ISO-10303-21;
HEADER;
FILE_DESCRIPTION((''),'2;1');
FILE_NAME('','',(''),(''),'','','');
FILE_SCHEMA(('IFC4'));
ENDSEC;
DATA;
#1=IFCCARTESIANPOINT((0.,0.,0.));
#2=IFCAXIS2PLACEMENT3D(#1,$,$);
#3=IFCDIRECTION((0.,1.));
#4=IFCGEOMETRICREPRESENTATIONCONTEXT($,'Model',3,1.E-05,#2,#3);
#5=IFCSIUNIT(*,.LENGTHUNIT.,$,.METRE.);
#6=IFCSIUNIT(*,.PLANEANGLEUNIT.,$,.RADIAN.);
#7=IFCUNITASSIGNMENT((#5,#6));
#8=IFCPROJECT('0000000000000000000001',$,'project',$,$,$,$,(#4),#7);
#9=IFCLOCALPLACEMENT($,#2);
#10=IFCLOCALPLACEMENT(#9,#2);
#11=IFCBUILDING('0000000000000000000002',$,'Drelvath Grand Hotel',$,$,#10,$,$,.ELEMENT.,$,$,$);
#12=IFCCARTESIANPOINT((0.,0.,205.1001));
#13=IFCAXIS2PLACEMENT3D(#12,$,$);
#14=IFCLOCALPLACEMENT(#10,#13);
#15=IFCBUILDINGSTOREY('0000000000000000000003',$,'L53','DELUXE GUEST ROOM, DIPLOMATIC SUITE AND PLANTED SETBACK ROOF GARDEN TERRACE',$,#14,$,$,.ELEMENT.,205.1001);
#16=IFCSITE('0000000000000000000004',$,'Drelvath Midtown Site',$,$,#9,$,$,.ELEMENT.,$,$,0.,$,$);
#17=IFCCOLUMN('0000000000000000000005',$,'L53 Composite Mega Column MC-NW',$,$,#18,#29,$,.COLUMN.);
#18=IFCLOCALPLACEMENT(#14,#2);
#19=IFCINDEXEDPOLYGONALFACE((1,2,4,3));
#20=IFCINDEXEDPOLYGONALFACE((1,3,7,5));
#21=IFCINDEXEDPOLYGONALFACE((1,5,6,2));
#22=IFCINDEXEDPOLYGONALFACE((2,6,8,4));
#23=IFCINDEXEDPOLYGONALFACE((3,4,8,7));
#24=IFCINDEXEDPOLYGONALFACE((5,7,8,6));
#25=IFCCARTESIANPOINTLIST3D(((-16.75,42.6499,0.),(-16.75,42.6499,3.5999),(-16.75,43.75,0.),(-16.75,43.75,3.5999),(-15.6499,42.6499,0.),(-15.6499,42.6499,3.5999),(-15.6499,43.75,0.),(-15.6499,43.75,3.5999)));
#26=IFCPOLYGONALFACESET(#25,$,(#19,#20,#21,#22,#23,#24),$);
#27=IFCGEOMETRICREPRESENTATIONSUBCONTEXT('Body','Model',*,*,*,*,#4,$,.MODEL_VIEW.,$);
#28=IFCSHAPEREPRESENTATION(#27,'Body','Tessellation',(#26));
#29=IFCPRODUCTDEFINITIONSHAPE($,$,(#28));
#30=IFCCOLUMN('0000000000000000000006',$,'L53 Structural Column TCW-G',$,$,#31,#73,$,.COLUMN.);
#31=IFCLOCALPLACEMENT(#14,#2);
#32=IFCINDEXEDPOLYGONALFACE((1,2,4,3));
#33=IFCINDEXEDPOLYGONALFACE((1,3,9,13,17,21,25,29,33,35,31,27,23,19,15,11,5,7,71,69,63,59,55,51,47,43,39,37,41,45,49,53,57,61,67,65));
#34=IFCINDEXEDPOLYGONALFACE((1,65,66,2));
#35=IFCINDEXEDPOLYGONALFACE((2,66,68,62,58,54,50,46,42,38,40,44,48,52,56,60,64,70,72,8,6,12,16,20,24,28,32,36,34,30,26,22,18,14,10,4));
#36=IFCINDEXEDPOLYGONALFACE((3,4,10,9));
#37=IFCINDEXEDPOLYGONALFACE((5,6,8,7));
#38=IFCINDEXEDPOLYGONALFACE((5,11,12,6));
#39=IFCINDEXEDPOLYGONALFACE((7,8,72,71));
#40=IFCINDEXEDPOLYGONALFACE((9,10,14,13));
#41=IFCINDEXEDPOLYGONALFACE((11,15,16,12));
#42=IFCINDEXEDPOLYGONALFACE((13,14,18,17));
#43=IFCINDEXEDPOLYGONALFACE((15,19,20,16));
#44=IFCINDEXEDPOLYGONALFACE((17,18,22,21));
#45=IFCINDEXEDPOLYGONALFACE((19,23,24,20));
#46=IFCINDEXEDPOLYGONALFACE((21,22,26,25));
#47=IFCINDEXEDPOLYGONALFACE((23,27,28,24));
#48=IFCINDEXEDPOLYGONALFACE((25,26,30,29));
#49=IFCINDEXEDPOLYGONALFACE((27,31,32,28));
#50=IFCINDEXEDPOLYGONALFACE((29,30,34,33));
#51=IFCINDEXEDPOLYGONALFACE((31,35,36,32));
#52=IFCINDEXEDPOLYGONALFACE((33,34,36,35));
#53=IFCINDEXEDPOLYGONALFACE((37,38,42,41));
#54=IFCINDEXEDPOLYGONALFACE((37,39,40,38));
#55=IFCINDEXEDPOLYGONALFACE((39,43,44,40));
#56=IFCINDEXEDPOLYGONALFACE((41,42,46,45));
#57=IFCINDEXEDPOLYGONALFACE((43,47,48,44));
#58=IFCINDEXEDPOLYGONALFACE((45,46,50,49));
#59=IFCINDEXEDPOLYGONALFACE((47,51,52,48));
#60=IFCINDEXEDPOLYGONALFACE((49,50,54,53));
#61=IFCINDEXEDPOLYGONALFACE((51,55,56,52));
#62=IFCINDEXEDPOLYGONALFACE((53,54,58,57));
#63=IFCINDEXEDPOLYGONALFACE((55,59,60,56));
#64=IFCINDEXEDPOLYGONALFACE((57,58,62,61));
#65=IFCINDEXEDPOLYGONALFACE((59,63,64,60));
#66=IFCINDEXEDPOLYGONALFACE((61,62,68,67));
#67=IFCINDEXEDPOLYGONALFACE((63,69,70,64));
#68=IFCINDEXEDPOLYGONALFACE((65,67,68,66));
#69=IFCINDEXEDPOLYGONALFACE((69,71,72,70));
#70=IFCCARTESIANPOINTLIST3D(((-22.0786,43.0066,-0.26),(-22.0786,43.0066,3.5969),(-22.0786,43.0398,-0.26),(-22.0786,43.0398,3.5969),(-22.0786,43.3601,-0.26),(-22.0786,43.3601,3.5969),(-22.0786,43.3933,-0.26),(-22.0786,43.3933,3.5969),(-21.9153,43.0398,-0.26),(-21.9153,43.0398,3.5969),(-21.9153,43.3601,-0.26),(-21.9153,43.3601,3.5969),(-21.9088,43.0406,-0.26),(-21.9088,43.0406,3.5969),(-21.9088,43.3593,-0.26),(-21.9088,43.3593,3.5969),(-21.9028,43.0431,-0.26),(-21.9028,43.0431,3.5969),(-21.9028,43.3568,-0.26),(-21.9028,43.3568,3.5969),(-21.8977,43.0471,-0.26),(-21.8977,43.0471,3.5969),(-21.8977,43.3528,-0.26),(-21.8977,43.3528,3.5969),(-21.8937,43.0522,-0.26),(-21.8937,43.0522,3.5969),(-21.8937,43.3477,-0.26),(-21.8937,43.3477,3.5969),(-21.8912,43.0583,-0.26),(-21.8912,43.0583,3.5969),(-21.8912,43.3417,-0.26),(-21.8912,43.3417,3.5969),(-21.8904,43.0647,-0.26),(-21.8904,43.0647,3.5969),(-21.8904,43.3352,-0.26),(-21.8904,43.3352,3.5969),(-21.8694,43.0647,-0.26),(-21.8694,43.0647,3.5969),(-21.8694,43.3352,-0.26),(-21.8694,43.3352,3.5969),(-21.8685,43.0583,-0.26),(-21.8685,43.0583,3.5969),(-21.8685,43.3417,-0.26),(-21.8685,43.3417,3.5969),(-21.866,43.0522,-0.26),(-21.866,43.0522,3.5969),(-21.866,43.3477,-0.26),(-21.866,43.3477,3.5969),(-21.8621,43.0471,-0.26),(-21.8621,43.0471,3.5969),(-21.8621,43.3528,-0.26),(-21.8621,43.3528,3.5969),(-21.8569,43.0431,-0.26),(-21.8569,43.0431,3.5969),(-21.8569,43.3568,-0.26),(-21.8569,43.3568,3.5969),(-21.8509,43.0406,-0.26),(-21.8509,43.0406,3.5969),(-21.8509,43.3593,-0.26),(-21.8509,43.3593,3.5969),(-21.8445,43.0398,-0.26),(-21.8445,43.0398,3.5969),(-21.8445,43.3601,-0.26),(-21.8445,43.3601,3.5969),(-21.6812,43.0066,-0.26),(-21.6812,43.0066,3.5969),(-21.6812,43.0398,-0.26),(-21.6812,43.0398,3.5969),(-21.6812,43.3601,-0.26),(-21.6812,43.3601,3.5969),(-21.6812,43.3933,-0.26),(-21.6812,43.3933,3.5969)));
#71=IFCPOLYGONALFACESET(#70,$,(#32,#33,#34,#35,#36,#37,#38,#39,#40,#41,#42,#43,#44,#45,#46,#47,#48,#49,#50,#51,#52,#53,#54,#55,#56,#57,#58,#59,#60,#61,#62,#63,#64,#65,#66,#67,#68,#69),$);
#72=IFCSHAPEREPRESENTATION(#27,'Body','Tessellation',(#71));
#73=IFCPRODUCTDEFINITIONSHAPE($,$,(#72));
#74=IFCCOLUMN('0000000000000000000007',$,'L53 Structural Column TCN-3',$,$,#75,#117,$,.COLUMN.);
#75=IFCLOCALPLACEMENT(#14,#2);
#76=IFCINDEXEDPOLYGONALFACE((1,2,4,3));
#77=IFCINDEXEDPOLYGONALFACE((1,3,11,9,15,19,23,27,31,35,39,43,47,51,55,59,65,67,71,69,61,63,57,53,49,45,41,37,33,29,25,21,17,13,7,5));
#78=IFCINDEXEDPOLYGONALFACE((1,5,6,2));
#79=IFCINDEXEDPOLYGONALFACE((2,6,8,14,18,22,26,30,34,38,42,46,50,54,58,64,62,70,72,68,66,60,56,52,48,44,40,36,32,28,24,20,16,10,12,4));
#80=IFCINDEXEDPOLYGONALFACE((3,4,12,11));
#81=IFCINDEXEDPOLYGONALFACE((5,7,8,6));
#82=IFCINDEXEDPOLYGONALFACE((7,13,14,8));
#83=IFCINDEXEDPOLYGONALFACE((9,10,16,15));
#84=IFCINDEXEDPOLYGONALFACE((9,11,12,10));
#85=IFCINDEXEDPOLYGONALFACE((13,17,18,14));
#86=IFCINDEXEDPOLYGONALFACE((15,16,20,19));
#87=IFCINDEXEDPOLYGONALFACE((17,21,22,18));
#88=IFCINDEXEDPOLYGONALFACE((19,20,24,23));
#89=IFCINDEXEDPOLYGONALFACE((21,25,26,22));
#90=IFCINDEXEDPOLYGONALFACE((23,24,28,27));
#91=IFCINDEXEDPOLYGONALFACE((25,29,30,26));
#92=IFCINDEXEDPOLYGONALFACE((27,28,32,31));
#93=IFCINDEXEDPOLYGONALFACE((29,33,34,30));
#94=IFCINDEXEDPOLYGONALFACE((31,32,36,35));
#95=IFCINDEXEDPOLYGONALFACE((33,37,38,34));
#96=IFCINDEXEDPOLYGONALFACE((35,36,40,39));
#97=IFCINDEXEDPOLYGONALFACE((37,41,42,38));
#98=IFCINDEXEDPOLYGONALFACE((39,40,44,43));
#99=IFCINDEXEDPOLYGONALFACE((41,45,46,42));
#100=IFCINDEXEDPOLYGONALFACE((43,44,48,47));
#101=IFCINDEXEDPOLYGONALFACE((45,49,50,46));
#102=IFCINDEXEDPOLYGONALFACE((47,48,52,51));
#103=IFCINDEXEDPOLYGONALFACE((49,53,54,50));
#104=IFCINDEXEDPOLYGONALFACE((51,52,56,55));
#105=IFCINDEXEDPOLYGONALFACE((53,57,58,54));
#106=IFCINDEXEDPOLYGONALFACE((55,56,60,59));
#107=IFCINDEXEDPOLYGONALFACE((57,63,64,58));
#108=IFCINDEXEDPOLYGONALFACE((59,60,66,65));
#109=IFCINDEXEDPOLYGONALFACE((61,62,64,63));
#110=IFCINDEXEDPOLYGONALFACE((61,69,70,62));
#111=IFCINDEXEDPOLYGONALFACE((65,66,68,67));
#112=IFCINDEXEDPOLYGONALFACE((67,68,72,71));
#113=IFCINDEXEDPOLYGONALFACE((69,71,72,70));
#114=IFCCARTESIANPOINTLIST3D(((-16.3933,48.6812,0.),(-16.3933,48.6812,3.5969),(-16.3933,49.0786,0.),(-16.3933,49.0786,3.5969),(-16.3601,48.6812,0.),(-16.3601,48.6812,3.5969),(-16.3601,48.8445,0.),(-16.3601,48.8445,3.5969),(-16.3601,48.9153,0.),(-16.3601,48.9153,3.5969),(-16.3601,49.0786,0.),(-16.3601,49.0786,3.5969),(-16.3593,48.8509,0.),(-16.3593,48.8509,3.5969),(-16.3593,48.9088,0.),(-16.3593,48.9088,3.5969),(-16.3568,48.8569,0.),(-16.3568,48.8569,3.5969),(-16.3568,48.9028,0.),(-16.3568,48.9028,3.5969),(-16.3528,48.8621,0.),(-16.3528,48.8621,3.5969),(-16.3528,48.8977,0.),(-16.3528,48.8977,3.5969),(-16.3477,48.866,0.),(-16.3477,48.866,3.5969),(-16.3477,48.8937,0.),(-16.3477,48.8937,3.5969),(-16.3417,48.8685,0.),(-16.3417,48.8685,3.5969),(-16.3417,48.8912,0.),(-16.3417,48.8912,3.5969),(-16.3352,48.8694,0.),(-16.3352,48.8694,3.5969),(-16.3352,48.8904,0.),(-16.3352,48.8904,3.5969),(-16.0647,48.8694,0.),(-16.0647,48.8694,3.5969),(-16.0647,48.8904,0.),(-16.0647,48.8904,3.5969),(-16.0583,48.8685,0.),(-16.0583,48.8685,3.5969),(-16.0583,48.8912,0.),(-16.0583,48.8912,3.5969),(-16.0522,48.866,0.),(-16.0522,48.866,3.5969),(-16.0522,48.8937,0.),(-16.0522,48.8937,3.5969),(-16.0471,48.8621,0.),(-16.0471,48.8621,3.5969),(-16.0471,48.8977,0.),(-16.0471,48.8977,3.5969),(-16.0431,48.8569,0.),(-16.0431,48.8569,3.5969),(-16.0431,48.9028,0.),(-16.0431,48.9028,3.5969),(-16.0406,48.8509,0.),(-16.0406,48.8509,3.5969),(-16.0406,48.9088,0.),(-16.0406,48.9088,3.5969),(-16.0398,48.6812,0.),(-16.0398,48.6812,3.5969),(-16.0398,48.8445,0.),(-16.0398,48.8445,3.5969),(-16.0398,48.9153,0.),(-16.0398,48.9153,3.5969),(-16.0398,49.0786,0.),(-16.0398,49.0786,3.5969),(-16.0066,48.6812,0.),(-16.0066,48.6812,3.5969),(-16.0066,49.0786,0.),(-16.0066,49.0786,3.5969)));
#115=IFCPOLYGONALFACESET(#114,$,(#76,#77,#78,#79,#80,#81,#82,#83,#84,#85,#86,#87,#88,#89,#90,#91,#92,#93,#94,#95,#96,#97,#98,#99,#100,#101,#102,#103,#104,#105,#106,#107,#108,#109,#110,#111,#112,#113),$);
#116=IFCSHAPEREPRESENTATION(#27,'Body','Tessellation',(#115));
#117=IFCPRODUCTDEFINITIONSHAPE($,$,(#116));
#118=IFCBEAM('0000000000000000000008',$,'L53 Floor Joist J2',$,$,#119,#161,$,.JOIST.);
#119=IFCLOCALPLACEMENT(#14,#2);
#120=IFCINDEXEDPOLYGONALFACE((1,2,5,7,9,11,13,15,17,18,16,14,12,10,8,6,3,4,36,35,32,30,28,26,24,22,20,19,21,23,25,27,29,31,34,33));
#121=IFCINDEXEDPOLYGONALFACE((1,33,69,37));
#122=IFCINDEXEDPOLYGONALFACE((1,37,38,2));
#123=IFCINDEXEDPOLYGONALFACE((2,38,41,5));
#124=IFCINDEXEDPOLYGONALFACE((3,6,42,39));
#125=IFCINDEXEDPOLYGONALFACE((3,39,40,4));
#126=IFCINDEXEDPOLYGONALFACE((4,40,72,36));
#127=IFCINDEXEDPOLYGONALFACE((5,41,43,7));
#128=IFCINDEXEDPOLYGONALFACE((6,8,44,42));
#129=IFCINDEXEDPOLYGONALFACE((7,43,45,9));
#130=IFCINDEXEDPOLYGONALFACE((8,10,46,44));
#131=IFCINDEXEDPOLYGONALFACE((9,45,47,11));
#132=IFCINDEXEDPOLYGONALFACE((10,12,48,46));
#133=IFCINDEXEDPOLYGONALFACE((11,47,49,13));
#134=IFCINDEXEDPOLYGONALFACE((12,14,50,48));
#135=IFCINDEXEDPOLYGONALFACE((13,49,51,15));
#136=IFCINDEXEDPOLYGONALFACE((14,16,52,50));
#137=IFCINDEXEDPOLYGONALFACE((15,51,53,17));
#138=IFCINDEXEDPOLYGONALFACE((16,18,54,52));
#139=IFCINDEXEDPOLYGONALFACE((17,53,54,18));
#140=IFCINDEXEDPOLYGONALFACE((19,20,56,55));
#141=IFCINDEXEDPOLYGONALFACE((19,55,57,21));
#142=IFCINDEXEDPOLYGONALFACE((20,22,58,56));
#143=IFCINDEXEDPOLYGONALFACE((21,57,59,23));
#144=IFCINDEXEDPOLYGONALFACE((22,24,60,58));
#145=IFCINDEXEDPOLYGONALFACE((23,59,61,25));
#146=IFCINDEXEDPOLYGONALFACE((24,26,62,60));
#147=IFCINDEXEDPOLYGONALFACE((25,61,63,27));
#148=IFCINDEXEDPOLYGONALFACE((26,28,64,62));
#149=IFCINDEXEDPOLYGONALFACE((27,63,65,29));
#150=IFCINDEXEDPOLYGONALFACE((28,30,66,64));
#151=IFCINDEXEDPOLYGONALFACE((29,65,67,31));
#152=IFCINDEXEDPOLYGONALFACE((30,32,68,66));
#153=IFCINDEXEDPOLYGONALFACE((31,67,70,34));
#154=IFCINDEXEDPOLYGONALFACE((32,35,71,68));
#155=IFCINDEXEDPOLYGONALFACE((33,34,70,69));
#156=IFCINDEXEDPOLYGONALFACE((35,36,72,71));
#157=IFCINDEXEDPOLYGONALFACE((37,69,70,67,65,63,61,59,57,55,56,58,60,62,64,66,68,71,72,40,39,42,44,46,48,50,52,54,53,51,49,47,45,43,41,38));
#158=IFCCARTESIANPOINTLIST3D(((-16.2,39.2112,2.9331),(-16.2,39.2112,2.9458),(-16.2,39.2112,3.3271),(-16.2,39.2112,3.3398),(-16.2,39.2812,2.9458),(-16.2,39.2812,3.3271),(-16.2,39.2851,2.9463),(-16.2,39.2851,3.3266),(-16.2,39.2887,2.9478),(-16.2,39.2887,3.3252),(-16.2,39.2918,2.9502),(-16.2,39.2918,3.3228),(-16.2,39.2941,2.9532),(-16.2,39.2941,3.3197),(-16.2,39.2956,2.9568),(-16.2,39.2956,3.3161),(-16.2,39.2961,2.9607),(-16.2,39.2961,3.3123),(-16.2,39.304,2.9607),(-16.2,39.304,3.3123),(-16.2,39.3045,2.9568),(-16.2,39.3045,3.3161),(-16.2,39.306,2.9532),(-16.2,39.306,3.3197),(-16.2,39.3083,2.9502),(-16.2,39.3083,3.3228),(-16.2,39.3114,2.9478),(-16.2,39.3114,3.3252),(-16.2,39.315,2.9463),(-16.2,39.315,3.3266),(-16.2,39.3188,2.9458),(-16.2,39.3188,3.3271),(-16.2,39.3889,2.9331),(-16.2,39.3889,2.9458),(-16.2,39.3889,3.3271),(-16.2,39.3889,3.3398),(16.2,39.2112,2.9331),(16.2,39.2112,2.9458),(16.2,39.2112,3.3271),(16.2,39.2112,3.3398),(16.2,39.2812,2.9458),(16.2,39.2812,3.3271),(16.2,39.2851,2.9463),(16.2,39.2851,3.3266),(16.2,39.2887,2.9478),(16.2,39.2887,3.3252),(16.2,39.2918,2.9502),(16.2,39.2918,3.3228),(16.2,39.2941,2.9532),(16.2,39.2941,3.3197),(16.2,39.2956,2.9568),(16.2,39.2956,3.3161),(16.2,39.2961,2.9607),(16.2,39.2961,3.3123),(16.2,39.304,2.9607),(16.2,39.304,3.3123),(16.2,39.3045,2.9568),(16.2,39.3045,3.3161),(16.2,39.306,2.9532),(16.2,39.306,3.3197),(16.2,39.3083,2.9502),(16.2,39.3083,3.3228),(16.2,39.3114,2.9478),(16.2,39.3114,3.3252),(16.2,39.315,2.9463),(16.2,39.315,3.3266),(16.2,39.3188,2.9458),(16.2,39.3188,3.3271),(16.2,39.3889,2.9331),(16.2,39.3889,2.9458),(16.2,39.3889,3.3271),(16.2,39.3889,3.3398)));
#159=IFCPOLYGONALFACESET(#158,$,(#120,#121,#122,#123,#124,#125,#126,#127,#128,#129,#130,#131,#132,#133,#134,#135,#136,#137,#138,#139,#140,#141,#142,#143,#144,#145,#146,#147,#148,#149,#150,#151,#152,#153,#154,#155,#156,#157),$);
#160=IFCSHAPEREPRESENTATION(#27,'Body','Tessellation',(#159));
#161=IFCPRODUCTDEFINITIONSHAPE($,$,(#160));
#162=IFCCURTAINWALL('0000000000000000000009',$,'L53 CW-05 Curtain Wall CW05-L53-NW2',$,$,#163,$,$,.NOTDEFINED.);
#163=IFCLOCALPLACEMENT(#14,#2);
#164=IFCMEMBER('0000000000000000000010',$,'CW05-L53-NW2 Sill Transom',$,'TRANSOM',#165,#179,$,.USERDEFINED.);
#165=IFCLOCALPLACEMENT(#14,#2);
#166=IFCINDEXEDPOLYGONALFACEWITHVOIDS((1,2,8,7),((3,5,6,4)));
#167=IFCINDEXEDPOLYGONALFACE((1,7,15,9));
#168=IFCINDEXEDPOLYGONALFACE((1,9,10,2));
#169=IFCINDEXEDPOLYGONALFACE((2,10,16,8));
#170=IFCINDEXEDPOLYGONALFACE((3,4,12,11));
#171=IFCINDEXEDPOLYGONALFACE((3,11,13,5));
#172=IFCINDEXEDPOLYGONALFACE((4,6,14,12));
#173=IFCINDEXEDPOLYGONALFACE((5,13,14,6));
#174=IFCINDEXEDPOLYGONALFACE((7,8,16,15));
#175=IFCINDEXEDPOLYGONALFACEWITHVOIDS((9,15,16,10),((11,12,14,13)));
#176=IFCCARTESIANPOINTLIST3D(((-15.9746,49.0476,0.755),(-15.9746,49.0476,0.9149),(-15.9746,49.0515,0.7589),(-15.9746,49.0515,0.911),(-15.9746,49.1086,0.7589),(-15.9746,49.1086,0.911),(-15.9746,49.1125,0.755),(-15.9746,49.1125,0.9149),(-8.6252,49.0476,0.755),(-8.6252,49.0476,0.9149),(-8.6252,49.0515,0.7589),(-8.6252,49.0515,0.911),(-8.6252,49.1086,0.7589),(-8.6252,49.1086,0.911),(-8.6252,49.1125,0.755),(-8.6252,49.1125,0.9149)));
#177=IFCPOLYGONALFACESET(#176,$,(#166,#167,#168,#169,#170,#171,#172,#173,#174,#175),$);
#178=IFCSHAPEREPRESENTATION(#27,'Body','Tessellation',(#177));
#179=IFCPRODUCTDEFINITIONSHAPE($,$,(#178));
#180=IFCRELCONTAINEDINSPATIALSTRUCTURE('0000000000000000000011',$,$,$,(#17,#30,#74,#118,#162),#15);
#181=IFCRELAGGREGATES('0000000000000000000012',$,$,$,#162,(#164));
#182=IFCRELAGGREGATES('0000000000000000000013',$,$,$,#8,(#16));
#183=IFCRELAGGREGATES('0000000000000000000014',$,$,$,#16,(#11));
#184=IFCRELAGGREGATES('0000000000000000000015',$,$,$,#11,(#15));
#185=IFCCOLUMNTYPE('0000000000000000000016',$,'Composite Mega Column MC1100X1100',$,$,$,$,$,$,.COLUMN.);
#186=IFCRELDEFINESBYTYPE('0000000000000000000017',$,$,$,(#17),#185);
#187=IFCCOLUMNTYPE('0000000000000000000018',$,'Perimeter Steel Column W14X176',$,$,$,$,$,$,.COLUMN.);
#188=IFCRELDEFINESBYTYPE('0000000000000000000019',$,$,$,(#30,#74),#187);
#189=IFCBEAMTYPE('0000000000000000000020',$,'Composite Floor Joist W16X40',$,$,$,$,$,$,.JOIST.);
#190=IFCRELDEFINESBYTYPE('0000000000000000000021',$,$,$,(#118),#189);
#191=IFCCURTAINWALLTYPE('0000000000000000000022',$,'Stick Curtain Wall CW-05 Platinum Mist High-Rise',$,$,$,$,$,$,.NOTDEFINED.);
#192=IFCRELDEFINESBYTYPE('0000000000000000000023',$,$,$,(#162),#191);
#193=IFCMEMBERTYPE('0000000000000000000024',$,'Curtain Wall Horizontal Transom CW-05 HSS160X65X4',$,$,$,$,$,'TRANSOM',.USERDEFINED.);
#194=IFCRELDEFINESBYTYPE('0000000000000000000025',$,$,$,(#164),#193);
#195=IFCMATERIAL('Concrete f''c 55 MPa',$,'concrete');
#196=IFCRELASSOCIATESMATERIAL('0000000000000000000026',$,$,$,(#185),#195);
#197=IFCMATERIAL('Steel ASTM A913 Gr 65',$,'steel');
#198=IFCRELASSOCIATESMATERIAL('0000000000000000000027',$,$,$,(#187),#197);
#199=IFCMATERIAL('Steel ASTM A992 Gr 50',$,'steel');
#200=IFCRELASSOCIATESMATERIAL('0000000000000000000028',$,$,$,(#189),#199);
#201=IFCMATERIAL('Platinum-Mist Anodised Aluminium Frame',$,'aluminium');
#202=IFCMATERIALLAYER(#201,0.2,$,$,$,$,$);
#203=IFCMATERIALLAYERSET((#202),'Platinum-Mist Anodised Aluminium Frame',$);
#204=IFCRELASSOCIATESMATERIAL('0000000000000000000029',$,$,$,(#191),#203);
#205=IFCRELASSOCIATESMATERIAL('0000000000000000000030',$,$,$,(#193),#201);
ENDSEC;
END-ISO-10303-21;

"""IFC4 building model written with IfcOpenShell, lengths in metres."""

from ifc_helpers import new_model, si_unit, direction, frame, origin, origin_2d, place, context, subcontext, project, spatial, rectangle, hollow_rectangle, i_section, extrude, material, layer, layer_set, material_profile, profile_set, type_object, element, aggregate, save


model = new_model("IFC4")

# Units and contexts
model_context = context("Model", 3, precision=1e-05, world=origin(), true_north=direction((0.0, 1.0)))
body_context = subcontext(model_context, "Body", "Model", "MODEL_VIEW")
ifc_project = project(units=[si_unit("LENGTHUNIT", "METRE"), si_unit("PLANEANGLEUNIT", "RADIAN")], contexts=[model_context])

# Site, building, storey
site_placement = place(None, origin())
site = spatial("IfcSite", under=ifc_project, at=site_placement, Name="Drelvath Midtown Site", CompositionType="ELEMENT", RefElevation=0.0)
building_placement = place(site_placement, origin())
building = spatial("IfcBuilding", under=site, at=building_placement, Name="Drelvath Grand Hotel", CompositionType="ELEMENT")
storey_placement = place(building_placement, frame((0.0, 0.0, 205.1001)))
storey = spatial("IfcBuildingStorey", under=building, at=storey_placement, Name="L53", Description="DELUXE GUEST ROOM, DIPLOMATIC SUITE AND PLANTED SETBACK ROOF GARDEN TERRACE", CompositionType="ELEMENT", Elevation=205.1001)

# Columns
ifc_material_1 = material(Name="Concrete f'c 55 MPa", Category="concrete")
ifc_material_profile_1 = material_profile(ifc_material_1, rectangle(XDim=1.1001, YDim=1.1001, at=origin_2d()), Name="MC1100X1100")
ifc_profile_set_1 = profile_set([ifc_material_profile_1], Name="Concrete f'c 55 MPa")
column_type_1 = type_object("IfcColumnType", Name="Composite Mega Column MC1100X1100", PredefinedType="COLUMN", material=ifc_profile_set_1)
column_1_placement = place(storey_placement, frame((-16.2, 43.2, 0.0), z_axis=(0.0, 0.0, 1.0), x_axis=(1.0, 0.0, 0.0)))
element("IfcColumn", 1, at=column_1_placement, inside=storey, type_object=column_type_1, Name="L53 Composite Mega Column MC-NW", PredefinedType="COLUMN", context=body_context, shape_type="SweptSolid", body=[
    extrude(rectangle(XDim=1.1001, YDim=1.1001, at=origin_2d()), origin(), (0.0, 0.0, 1.0), 3.5999),
])
ifc_material_2 = material(Name="Steel ASTM A913 Gr 65", Category="steel")
ifc_material_profile_2 = material_profile(ifc_material_2, i_section(OverallWidth=0.3975, OverallDepth=0.3867, WebThickness=0.021, FlangeThickness=0.0332, FilletRadius=0.0249, at=origin_2d()), Name="W14X176")
ifc_profile_set_2 = profile_set([ifc_material_profile_2], Name="Steel ASTM A913 Gr 65")
column_type_2 = type_object("IfcColumnType", Name="Perimeter Steel Column W14X176", PredefinedType="COLUMN", material=ifc_profile_set_2)
column_2_placement = place(storey_placement, frame((-21.8799, 43.2, -0.26), z_axis=(0.0, 0.0, 1.0), x_axis=(1.0, 0.0, 0.0)))
element("IfcColumn", 2, at=column_2_placement, inside=storey, type_object=column_type_2, Name="L53 Structural Column TCW-G", PredefinedType="COLUMN", context=body_context, shape_type="SweptSolid", body=[
    extrude(i_section(OverallWidth=0.3975, OverallDepth=0.3867, WebThickness=0.021, FlangeThickness=0.0332, FilletRadius=0.0249, at=origin_2d()), origin(), (0.0, 0.0, 1.0), 3.8569),
])
column_3_placement = place(storey_placement, frame((-16.2, 48.8799, 0.0), z_axis=(0.0, 0.0, 1.0), x_axis=(0.0, 1.0, 0.0)))
element("IfcColumn", 3, at=column_3_placement, inside=storey, type_object=column_type_2, Name="L53 Structural Column TCN-3", PredefinedType="COLUMN", context=body_context, shape_type="SweptSolid", body=[
    extrude(i_section(OverallWidth=0.3975, OverallDepth=0.3867, WebThickness=0.021, FlangeThickness=0.0332, FilletRadius=0.0249, at=origin_2d()), origin(), (0.0, 0.0, 1.0), 3.5969),
])

# Beam
ifc_material_3 = material(Name="Steel ASTM A992 Gr 50", Category="steel")
ifc_material_profile_3 = material_profile(ifc_material_3, i_section(OverallWidth=0.1777, OverallDepth=0.4067, WebThickness=0.0078, FlangeThickness=0.0127, FilletRadius=0.0149, at=origin_2d()), Name="W16X40")
ifc_profile_set_3 = profile_set([ifc_material_profile_3], Name="Steel ASTM A992 Gr 50")
beam_type_1 = type_object("IfcBeamType", Name="Composite Floor Joist W16X40", PredefinedType="JOIST", material=ifc_profile_set_3)
beam_1_placement = place(storey_placement, frame((-16.2, 39.3, 3.1365), z_axis=(1.0, 0.0, 0.0), x_axis=(0.0, 1.0, 0.0)))
element("IfcBeam", 4, at=beam_1_placement, inside=storey, type_object=beam_type_1, Name="L53 Floor Joist J2", PredefinedType="JOIST", context=body_context, shape_type="SweptSolid", body=[
    extrude(i_section(OverallWidth=0.1777, OverallDepth=0.4067, WebThickness=0.0078, FlangeThickness=0.0127, FilletRadius=0.0149, at=origin_2d()), origin(), (0.0, 0.0, 1.0), 32.3999),
])

# Curtain wall, member
ifc_material_4 = material(Name="Platinum-Mist Anodised Aluminium Frame", Category="aluminium")
ifc_layer_1 = layer(ifc_material_4, 0.2)
ifc_layer_set_1 = layer_set([ifc_layer_1], Name="Platinum-Mist Anodised Aluminium Frame")
curtain_wall_type = type_object("IfcCurtainWallType", Name="Stick Curtain Wall CW-05 Platinum Mist High-Rise", PredefinedType="NOTDEFINED", material=ifc_layer_set_1)
curtain_wall_1_placement = place(storey_placement, origin())
curtain_wall_1 = element("IfcCurtainWall", 5, at=curtain_wall_1_placement, inside=storey, type_object=curtain_wall_type, Name="L53 CW-05 Curtain Wall CW05-L53-NW2", PredefinedType="NOTDEFINED")
ifc_material_profile_4 = material_profile(ifc_material_4, hollow_rectangle(XDim=0.0649, YDim=0.1599, WallThickness=0.0039, at=origin_2d()), Name="HSS160X65X4")
ifc_profile_set_4 = profile_set([ifc_material_profile_4], Name="Platinum-Mist Anodised Aluminium Frame")
member_type_1 = type_object("IfcMemberType", Name="Curtain Wall Horizontal Transom CW-05 HSS160X65X4", ElementType="TRANSOM", PredefinedType="USERDEFINED", material=ifc_profile_set_4)
member_1_placement = place(storey_placement, frame((-15.9746, 49.0801, 0.835), z_axis=(1.0, 0.0, 0.0), x_axis=(0.0, 1.0, 0.0)))
member_1 = element("IfcMember", 6, at=member_1_placement, type_object=member_type_1, Name="CW05-L53-NW2 Sill Transom", ObjectType="TRANSOM", PredefinedType="USERDEFINED", context=body_context, shape_type="SweptSolid", body=[
    extrude(hollow_rectangle(XDim=0.0649, YDim=0.1599, WallThickness=0.0039, at=origin_2d()), origin(), (0.0, 0.0, 1.0), 7.3494),
])

aggregate(curtain_wall_1, [member_1])

save(model, "model.ifc")
